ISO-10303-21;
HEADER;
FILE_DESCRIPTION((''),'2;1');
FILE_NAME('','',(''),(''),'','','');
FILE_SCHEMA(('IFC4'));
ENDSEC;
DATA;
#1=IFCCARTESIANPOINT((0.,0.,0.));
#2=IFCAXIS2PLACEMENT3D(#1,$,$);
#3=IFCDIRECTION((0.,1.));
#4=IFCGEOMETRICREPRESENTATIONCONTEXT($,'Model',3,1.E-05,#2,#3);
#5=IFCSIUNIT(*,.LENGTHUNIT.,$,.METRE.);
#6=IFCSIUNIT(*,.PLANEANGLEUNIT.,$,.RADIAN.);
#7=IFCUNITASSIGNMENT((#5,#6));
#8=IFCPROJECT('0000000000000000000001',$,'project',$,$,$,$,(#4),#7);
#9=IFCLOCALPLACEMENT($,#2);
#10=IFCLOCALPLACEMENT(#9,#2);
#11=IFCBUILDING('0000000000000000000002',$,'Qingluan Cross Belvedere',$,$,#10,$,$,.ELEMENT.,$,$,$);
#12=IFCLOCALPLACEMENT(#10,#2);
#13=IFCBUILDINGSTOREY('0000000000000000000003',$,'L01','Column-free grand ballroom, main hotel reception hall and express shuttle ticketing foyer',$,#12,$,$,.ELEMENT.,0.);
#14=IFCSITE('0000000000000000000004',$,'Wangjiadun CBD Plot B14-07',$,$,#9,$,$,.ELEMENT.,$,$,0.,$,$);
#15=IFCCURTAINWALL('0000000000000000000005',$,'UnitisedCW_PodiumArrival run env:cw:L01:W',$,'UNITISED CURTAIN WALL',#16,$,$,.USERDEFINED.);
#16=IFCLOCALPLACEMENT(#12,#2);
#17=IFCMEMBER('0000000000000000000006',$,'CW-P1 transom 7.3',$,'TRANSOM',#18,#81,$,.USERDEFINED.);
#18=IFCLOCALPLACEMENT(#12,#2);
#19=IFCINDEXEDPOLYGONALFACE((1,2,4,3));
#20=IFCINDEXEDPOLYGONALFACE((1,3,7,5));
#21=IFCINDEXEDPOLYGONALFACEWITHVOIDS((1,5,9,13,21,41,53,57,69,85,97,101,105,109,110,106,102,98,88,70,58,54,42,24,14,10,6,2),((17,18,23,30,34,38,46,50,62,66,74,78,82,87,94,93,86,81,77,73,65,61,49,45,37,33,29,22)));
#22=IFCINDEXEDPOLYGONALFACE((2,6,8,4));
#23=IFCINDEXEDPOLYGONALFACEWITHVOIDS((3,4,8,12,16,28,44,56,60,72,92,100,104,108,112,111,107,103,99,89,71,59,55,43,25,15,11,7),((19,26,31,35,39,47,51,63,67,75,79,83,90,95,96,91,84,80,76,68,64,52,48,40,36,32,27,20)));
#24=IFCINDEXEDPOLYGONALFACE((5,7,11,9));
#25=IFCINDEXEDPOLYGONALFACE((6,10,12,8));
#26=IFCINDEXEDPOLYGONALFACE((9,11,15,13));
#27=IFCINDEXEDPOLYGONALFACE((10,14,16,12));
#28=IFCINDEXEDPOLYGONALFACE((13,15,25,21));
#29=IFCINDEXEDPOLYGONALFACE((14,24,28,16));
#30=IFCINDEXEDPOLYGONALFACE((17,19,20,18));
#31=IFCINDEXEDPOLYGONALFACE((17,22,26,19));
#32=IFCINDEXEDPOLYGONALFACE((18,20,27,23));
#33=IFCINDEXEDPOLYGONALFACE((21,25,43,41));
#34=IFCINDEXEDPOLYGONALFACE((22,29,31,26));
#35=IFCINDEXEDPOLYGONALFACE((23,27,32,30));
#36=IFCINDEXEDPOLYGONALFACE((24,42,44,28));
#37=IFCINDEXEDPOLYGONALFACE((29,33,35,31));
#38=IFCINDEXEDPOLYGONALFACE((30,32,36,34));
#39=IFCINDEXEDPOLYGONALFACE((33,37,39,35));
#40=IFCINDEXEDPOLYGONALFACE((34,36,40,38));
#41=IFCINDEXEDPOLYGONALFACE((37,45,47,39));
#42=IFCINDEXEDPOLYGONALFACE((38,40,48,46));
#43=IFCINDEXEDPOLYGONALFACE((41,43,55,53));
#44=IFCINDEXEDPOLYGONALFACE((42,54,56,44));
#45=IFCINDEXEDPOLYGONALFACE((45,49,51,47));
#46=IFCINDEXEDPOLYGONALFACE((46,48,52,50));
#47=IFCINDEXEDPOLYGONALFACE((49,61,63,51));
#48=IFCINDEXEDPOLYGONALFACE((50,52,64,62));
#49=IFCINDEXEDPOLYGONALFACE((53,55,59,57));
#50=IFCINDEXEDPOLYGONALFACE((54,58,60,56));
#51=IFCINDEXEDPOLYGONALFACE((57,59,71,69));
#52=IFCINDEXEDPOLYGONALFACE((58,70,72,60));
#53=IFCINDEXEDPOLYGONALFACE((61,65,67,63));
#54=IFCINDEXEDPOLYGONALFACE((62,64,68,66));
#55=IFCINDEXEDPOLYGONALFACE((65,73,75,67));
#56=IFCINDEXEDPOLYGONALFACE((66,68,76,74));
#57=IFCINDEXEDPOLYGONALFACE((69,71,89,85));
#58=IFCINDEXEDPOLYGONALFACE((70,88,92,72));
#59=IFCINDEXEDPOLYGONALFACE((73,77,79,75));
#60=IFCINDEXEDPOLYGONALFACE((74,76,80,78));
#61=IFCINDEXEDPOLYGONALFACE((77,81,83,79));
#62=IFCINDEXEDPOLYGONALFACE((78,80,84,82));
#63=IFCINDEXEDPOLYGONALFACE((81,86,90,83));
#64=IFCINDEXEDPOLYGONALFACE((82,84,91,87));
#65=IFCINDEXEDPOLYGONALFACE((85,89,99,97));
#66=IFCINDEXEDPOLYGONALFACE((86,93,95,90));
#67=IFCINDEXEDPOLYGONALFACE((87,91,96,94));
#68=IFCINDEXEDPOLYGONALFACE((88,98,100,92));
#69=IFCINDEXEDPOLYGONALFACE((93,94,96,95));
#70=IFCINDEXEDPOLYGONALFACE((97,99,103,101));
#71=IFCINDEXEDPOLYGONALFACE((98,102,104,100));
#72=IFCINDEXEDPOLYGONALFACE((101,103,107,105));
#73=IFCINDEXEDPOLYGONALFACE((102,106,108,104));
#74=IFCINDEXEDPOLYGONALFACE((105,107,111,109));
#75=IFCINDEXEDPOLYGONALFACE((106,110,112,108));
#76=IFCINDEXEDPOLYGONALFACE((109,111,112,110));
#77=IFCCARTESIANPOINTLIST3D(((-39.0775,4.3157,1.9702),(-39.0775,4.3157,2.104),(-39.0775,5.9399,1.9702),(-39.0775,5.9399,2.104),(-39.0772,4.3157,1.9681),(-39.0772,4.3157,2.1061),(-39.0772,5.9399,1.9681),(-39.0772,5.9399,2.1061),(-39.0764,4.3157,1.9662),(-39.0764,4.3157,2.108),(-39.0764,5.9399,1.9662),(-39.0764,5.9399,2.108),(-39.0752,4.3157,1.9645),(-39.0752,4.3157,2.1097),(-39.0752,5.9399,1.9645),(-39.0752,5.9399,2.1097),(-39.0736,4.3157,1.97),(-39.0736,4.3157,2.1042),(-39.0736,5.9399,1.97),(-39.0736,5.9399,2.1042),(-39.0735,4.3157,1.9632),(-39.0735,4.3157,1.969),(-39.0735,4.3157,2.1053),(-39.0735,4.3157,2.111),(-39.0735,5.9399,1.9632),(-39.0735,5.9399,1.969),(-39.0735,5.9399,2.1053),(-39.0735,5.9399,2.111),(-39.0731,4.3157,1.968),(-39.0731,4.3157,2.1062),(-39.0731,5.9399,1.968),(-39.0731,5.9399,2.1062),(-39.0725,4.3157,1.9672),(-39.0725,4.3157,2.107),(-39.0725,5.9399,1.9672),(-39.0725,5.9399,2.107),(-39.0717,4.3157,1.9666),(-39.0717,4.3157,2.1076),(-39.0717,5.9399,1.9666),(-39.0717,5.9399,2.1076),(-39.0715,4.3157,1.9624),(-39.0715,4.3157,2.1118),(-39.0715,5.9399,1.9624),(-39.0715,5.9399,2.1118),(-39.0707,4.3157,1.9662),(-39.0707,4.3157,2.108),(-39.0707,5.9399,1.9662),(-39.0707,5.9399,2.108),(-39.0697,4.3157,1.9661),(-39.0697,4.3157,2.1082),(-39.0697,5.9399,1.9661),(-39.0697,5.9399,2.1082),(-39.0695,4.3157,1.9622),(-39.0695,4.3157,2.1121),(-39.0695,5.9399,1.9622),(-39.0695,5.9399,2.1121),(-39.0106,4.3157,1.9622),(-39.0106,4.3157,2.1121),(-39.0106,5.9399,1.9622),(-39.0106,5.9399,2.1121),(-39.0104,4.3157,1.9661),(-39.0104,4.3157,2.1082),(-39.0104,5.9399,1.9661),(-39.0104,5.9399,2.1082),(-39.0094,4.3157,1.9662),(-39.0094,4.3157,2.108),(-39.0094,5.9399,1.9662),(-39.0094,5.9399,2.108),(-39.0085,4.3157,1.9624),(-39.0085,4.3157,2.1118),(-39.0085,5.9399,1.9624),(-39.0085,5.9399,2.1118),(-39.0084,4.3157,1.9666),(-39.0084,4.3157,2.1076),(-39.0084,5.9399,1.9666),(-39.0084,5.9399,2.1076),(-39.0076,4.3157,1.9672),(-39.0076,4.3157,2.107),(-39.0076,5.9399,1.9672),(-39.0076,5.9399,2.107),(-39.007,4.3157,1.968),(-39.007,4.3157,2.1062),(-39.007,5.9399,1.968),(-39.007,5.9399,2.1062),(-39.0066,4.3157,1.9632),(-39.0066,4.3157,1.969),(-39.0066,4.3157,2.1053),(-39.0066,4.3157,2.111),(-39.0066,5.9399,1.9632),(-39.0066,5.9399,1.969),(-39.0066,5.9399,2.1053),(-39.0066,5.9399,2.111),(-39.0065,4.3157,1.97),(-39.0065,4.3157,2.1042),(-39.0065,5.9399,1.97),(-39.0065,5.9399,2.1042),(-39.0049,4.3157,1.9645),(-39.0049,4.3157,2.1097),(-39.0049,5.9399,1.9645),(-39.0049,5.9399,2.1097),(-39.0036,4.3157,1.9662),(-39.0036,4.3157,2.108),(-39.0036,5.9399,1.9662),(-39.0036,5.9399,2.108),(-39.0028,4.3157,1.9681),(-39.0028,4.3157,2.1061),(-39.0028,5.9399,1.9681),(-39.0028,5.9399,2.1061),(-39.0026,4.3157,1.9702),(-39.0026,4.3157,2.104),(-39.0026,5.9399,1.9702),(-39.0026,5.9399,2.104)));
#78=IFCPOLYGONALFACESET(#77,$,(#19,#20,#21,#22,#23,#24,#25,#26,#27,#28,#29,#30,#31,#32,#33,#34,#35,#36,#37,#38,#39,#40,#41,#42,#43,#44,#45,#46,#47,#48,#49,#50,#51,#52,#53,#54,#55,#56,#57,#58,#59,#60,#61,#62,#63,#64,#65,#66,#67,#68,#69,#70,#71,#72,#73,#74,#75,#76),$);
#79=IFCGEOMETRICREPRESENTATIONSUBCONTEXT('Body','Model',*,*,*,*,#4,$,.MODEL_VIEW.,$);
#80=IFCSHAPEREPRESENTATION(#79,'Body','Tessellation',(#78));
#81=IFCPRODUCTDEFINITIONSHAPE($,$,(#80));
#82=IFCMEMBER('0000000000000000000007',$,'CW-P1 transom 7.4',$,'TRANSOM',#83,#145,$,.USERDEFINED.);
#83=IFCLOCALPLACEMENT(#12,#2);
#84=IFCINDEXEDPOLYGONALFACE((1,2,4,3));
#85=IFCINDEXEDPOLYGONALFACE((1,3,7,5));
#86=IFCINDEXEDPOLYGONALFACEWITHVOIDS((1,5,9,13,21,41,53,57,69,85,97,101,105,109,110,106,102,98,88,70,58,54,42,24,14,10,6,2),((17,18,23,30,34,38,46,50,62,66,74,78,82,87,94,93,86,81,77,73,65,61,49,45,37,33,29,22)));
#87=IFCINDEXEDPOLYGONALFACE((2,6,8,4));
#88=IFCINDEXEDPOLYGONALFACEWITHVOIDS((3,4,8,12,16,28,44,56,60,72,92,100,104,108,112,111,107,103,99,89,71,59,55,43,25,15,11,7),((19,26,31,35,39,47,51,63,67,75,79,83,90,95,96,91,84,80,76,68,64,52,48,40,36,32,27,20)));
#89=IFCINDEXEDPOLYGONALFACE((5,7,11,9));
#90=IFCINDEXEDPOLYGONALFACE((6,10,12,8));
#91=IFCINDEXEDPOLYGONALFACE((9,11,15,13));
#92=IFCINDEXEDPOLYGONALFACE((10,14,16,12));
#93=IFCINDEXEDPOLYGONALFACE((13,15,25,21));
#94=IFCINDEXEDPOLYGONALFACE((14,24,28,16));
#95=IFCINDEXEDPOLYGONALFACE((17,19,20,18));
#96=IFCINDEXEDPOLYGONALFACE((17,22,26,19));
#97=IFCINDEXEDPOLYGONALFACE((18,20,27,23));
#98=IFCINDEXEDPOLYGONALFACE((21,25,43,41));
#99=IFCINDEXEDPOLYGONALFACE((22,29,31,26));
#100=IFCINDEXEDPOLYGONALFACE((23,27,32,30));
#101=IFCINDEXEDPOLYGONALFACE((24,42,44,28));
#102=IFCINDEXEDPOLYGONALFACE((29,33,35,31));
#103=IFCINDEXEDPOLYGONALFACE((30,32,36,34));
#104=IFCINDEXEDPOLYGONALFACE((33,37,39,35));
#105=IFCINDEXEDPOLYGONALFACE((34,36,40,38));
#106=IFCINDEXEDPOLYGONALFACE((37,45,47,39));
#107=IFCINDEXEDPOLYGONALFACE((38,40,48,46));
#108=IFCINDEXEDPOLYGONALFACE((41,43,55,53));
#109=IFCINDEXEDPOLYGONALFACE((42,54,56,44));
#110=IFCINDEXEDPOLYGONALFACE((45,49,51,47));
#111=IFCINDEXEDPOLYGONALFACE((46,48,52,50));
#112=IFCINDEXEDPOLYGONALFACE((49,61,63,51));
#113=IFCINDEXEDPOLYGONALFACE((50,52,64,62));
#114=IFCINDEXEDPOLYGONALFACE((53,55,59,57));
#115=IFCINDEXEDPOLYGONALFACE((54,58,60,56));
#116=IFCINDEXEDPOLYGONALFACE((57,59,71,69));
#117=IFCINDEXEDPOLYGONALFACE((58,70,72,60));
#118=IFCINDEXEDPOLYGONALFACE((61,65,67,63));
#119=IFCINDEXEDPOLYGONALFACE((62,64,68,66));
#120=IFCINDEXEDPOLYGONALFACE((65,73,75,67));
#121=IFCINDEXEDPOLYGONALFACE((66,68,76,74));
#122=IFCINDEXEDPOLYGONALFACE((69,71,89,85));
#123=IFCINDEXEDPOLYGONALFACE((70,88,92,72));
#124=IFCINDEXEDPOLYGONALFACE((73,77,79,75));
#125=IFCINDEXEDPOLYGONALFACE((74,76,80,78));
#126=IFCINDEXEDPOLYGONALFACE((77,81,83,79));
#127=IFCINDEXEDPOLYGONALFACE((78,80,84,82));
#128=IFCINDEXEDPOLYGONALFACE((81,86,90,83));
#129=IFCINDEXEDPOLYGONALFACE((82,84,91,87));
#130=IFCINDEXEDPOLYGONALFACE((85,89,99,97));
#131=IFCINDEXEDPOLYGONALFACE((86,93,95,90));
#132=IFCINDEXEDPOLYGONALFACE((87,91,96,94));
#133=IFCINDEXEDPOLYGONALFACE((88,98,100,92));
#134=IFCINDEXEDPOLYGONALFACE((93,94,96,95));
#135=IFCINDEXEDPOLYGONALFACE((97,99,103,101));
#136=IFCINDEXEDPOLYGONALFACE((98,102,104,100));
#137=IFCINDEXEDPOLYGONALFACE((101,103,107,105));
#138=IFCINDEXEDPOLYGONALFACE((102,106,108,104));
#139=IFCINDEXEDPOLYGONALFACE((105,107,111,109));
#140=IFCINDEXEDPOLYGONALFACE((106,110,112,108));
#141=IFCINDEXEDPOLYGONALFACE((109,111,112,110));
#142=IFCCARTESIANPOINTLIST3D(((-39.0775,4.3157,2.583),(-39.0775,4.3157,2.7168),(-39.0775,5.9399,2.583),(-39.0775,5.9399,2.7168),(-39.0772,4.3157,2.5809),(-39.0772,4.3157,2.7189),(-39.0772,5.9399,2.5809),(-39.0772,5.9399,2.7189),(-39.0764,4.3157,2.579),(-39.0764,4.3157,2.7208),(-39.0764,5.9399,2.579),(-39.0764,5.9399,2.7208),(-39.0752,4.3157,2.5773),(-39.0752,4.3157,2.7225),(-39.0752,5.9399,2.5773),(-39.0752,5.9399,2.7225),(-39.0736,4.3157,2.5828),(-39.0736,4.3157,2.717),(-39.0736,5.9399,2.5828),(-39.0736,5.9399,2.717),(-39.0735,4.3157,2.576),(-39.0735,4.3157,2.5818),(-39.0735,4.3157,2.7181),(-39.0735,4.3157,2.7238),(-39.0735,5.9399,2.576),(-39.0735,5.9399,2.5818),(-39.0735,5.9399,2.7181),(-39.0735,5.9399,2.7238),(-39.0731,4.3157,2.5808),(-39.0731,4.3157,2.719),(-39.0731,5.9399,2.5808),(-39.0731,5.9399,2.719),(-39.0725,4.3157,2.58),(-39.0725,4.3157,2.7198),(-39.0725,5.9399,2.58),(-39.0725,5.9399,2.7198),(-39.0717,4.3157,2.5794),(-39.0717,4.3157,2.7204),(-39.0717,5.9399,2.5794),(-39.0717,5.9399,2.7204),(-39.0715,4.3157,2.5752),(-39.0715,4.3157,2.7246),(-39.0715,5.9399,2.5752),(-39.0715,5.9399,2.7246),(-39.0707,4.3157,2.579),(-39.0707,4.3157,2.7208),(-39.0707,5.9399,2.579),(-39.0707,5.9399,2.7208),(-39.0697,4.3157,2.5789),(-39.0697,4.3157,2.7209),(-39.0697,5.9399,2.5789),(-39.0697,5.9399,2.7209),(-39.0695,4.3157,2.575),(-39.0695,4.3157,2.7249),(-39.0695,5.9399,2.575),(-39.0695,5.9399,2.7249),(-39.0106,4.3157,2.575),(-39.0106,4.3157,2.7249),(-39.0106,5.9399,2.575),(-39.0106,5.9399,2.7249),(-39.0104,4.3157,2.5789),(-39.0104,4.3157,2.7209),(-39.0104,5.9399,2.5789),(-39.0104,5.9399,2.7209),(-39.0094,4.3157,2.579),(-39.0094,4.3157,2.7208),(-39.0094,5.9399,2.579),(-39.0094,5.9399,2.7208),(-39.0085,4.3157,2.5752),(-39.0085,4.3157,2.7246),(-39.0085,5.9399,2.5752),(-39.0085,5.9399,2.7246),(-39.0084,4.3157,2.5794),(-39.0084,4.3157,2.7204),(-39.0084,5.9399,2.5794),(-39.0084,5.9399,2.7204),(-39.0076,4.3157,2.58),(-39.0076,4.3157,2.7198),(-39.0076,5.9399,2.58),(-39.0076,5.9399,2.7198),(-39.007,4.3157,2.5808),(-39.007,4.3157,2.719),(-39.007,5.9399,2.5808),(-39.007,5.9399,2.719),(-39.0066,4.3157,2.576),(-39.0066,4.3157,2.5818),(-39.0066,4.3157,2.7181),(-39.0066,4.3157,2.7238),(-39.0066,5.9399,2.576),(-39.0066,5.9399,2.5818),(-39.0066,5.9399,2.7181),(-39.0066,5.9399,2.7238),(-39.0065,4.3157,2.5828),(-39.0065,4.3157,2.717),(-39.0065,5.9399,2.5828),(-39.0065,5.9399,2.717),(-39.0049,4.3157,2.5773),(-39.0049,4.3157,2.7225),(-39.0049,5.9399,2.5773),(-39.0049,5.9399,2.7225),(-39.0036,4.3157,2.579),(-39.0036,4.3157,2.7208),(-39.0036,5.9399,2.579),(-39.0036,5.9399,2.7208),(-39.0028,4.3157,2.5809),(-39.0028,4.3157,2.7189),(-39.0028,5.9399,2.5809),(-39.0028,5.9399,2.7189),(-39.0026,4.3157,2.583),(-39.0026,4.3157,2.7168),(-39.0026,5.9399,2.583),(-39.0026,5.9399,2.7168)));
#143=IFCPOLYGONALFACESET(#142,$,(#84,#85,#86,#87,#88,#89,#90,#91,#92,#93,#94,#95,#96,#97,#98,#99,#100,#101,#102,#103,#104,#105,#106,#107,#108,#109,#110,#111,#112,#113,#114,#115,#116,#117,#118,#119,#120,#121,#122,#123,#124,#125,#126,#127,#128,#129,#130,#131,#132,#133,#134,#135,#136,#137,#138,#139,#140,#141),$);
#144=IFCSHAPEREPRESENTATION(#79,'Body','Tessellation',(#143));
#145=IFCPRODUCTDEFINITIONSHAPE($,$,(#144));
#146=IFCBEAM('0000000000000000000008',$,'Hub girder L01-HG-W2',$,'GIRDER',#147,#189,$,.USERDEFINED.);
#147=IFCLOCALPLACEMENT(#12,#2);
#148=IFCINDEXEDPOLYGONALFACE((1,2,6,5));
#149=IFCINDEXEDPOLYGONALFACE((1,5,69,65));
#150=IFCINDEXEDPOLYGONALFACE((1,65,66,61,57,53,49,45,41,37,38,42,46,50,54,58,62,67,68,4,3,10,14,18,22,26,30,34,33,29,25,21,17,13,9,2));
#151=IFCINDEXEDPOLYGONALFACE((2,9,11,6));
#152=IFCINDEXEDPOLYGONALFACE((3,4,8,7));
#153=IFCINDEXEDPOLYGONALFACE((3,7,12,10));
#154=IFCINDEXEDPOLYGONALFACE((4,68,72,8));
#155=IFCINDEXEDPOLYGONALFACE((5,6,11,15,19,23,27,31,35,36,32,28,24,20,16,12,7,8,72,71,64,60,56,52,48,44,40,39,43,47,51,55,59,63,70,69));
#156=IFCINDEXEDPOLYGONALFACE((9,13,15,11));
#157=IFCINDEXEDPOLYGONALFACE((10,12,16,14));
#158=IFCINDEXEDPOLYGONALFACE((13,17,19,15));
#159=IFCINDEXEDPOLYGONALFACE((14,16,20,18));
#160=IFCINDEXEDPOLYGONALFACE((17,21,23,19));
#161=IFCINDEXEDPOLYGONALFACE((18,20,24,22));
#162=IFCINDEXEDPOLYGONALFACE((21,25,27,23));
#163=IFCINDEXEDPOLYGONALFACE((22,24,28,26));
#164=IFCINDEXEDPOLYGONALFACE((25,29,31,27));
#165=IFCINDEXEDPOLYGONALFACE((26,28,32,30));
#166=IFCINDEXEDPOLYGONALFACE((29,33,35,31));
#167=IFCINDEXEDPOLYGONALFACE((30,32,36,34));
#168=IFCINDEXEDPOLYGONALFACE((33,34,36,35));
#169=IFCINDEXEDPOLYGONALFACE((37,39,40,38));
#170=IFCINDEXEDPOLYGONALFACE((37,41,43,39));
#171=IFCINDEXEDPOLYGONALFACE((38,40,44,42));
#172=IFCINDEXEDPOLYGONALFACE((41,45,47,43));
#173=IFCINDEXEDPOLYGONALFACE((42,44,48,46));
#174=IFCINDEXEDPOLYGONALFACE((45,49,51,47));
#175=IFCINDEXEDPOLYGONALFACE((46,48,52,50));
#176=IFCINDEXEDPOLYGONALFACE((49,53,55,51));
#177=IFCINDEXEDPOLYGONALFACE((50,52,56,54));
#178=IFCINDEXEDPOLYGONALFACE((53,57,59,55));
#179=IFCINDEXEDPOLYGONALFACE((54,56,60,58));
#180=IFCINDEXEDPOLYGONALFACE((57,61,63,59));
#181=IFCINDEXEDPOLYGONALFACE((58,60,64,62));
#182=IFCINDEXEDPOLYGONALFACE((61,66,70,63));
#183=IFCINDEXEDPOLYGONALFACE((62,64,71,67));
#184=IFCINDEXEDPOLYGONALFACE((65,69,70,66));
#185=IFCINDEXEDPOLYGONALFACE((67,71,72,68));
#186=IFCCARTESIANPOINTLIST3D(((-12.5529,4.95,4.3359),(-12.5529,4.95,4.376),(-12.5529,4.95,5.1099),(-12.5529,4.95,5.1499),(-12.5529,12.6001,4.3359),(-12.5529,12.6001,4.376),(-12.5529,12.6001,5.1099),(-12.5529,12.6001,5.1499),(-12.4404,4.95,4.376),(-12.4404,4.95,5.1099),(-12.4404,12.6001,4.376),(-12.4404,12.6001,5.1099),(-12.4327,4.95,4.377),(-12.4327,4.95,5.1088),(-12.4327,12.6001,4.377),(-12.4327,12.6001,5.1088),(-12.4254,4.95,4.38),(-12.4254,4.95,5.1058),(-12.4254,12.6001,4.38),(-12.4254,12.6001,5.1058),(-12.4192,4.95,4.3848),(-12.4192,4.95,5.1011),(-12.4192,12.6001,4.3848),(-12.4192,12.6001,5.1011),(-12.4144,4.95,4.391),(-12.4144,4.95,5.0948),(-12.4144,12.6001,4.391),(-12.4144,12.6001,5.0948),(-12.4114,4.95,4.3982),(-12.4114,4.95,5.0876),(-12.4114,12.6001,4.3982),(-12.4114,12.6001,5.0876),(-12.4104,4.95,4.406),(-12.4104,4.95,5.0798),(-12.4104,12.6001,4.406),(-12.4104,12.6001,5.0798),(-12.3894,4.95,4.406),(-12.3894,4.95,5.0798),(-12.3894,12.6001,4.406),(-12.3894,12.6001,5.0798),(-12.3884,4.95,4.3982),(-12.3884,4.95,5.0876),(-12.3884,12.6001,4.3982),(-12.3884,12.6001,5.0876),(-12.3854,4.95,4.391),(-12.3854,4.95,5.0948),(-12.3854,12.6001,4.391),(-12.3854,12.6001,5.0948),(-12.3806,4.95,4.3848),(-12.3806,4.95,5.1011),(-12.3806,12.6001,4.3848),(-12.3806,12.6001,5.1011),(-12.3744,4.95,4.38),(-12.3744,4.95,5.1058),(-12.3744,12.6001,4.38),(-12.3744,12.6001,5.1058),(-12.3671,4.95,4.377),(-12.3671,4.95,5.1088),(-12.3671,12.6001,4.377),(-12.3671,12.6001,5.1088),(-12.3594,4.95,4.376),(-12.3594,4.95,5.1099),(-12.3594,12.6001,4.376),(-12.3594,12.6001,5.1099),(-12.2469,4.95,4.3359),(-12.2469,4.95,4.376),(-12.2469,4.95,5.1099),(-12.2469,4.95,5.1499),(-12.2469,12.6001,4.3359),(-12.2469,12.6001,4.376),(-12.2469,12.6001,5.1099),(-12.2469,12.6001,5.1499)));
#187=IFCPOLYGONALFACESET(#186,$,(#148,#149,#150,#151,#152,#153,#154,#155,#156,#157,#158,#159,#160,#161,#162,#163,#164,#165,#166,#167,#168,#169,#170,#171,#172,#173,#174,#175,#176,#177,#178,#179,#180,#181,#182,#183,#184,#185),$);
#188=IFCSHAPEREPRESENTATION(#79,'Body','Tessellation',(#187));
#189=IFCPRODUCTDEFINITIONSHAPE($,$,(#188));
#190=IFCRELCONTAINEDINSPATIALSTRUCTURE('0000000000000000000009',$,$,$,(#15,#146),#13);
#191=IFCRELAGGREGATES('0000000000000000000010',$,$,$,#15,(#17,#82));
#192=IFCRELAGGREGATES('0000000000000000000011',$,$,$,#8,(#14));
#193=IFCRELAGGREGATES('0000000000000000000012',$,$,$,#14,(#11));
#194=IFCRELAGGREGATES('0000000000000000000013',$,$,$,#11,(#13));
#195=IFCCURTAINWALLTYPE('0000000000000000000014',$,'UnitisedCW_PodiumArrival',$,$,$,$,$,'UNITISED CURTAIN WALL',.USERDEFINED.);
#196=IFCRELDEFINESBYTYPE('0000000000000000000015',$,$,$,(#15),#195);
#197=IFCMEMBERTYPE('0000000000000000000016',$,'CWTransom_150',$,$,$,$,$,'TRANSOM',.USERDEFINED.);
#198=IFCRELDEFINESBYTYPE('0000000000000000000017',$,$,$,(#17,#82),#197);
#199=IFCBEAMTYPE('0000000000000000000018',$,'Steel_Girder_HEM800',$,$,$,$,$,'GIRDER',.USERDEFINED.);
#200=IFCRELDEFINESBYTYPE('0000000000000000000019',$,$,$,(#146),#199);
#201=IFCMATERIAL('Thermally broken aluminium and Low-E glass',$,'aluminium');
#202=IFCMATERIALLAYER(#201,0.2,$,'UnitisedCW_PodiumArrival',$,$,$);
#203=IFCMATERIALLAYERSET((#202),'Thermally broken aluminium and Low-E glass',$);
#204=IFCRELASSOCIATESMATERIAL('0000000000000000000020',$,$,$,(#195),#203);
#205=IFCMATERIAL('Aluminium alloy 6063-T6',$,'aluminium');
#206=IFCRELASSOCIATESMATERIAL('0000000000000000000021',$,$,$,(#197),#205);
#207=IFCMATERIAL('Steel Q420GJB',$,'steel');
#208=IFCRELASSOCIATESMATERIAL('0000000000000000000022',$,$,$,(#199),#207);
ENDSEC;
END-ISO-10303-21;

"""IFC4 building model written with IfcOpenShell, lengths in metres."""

from ifc_helpers import new_model, si_unit, direction, frame, origin, origin_2d, place, context, subcontext, project, spatial, hollow_rectangle, i_section, extrude, material, layer, layer_set, material_profile, profile_set, type_object, element, aggregate, save


model = new_model("IFC4")

# Units and contexts
model_context = context("Model", 3, precision=1e-05, world=origin(), true_north=direction((0.0, 1.0)))
body_context = subcontext(model_context, "Body", "Model", "MODEL_VIEW")
ifc_project = project(units=[si_unit("LENGTHUNIT", "METRE"), si_unit("PLANEANGLEUNIT", "RADIAN")], contexts=[model_context])

# Site, building, storey
site_placement = place(None, origin())
site = spatial("IfcSite", under=ifc_project, at=site_placement, Name="Wangjiadun CBD Plot B14-07", CompositionType="ELEMENT", RefElevation=0.0)
building_placement = place(site_placement, origin())
building = spatial("IfcBuilding", under=site, at=building_placement, Name="Qingluan Cross Belvedere", CompositionType="ELEMENT")
storey_placement = place(building_placement, origin())
storey = spatial("IfcBuildingStorey", under=building, at=storey_placement, Name="L01", Description="Column-free grand ballroom, main hotel reception hall and express shuttle ticketing foyer", CompositionType="ELEMENT", Elevation=0.0)

# Curtain wall, members
ifc_material_1 = material(Name="Thermally broken aluminium and Low-E glass", Category="aluminium")
ifc_layer_1 = layer(ifc_material_1, 0.2, Name="UnitisedCW_PodiumArrival")
ifc_layer_set_1 = layer_set([ifc_layer_1], Name="Thermally broken aluminium and Low-E glass")
curtain_wall_type = type_object("IfcCurtainWallType", Name="UnitisedCW_PodiumArrival", ElementType="UNITISED CURTAIN WALL", PredefinedType="USERDEFINED", material=ifc_layer_set_1)
curtain_wall_placement = place(storey_placement, origin())
curtain_wall = element("IfcCurtainWall", 1, at=curtain_wall_placement, inside=storey, type_object=curtain_wall_type, Name="UnitisedCW_PodiumArrival run env:cw:L01:W", ObjectType="UNITISED CURTAIN WALL", PredefinedType="USERDEFINED")
ifc_material_2 = material(Name="Aluminium alloy 6063-T6", Category="aluminium")
ifc_material_profile_1 = material_profile(ifc_material_2, hollow_rectangle(XDim=0.075, YDim=0.1499, WallThickness=0.0039, InnerFilletRadius=0.0039, OuterFilletRadius=0.0081, at=origin_2d()), Name="CWT150x75x4")
ifc_profile_set_1 = profile_set([ifc_material_profile_1], Name="Aluminium alloy 6063-T6")
member_type_1 = type_object("IfcMemberType", Name="CWTransom_150", ElementType="TRANSOM", PredefinedType="USERDEFINED", material=ifc_profile_set_1)
member_1_placement = place(storey_placement, frame((-39.04, 4.3157, 2.0371), z_axis=(0.0, 1.0, 0.0), x_axis=(-1.0, 0.0, 0.0)))
member_1 = element("IfcMember", 2, at=member_1_placement, type_object=member_type_1, Name="CW-P1 transom 7.3", ObjectType="TRANSOM", PredefinedType="USERDEFINED", context=body_context, shape_type="SweptSolid", body=[
    extrude(hollow_rectangle(XDim=0.075, YDim=0.1499, WallThickness=0.0039, InnerFilletRadius=0.0039, OuterFilletRadius=0.0081, at=origin_2d()), origin(), (0.0, 0.0, 1.0), 1.6243),
])
member_2_placement = place(storey_placement, frame((-39.04, 4.3157, 2.6499), z_axis=(0.0, 1.0, 0.0), x_axis=(-1.0, 0.0, 0.0)))
member_2 = element("IfcMember", 3, at=member_2_placement, type_object=member_type_1, Name="CW-P1 transom 7.4", ObjectType="TRANSOM", PredefinedType="USERDEFINED", context=body_context, shape_type="SweptSolid", body=[
    extrude(hollow_rectangle(XDim=0.075, YDim=0.1499, WallThickness=0.0039, InnerFilletRadius=0.0039, OuterFilletRadius=0.0081, at=origin_2d()), origin(), (0.0, 0.0, 1.0), 1.6243),
])

# Beam
ifc_material_3 = material(Name="Steel Q420GJB", Category="steel")
ifc_material_profile_2 = material_profile(ifc_material_3, i_section(OverallWidth=0.3059, OverallDepth=0.814, WebThickness=0.021, FlangeThickness=0.04, FilletRadius=0.03, at=origin_2d()), Name="HEM800")
ifc_profile_set_2 = profile_set([ifc_material_profile_2], Name="Steel Q420GJB")
beam_type = type_object("IfcBeamType", Name="Steel_Girder_HEM800", ElementType="GIRDER", PredefinedType="USERDEFINED", material=ifc_profile_set_2)
beam_1_placement = place(storey_placement, frame((-12.3999, 4.95, 4.7429), z_axis=(0.0, 1.0, 0.0), x_axis=(-1.0, 0.0, 0.0)))
element("IfcBeam", 4, at=beam_1_placement, inside=storey, type_object=beam_type, Name="Hub girder L01-HG-W2", ObjectType="GIRDER", PredefinedType="USERDEFINED", context=body_context, shape_type="SweptSolid", body=[
    extrude(i_section(OverallWidth=0.3059, OverallDepth=0.814, WebThickness=0.021, FlangeThickness=0.04, FilletRadius=0.03, at=origin_2d()), origin(), (0.0, 0.0, 1.0), 7.6501),
])

aggregate(curtain_wall, [member_1, member_2])

save(model, "model.ifc")
